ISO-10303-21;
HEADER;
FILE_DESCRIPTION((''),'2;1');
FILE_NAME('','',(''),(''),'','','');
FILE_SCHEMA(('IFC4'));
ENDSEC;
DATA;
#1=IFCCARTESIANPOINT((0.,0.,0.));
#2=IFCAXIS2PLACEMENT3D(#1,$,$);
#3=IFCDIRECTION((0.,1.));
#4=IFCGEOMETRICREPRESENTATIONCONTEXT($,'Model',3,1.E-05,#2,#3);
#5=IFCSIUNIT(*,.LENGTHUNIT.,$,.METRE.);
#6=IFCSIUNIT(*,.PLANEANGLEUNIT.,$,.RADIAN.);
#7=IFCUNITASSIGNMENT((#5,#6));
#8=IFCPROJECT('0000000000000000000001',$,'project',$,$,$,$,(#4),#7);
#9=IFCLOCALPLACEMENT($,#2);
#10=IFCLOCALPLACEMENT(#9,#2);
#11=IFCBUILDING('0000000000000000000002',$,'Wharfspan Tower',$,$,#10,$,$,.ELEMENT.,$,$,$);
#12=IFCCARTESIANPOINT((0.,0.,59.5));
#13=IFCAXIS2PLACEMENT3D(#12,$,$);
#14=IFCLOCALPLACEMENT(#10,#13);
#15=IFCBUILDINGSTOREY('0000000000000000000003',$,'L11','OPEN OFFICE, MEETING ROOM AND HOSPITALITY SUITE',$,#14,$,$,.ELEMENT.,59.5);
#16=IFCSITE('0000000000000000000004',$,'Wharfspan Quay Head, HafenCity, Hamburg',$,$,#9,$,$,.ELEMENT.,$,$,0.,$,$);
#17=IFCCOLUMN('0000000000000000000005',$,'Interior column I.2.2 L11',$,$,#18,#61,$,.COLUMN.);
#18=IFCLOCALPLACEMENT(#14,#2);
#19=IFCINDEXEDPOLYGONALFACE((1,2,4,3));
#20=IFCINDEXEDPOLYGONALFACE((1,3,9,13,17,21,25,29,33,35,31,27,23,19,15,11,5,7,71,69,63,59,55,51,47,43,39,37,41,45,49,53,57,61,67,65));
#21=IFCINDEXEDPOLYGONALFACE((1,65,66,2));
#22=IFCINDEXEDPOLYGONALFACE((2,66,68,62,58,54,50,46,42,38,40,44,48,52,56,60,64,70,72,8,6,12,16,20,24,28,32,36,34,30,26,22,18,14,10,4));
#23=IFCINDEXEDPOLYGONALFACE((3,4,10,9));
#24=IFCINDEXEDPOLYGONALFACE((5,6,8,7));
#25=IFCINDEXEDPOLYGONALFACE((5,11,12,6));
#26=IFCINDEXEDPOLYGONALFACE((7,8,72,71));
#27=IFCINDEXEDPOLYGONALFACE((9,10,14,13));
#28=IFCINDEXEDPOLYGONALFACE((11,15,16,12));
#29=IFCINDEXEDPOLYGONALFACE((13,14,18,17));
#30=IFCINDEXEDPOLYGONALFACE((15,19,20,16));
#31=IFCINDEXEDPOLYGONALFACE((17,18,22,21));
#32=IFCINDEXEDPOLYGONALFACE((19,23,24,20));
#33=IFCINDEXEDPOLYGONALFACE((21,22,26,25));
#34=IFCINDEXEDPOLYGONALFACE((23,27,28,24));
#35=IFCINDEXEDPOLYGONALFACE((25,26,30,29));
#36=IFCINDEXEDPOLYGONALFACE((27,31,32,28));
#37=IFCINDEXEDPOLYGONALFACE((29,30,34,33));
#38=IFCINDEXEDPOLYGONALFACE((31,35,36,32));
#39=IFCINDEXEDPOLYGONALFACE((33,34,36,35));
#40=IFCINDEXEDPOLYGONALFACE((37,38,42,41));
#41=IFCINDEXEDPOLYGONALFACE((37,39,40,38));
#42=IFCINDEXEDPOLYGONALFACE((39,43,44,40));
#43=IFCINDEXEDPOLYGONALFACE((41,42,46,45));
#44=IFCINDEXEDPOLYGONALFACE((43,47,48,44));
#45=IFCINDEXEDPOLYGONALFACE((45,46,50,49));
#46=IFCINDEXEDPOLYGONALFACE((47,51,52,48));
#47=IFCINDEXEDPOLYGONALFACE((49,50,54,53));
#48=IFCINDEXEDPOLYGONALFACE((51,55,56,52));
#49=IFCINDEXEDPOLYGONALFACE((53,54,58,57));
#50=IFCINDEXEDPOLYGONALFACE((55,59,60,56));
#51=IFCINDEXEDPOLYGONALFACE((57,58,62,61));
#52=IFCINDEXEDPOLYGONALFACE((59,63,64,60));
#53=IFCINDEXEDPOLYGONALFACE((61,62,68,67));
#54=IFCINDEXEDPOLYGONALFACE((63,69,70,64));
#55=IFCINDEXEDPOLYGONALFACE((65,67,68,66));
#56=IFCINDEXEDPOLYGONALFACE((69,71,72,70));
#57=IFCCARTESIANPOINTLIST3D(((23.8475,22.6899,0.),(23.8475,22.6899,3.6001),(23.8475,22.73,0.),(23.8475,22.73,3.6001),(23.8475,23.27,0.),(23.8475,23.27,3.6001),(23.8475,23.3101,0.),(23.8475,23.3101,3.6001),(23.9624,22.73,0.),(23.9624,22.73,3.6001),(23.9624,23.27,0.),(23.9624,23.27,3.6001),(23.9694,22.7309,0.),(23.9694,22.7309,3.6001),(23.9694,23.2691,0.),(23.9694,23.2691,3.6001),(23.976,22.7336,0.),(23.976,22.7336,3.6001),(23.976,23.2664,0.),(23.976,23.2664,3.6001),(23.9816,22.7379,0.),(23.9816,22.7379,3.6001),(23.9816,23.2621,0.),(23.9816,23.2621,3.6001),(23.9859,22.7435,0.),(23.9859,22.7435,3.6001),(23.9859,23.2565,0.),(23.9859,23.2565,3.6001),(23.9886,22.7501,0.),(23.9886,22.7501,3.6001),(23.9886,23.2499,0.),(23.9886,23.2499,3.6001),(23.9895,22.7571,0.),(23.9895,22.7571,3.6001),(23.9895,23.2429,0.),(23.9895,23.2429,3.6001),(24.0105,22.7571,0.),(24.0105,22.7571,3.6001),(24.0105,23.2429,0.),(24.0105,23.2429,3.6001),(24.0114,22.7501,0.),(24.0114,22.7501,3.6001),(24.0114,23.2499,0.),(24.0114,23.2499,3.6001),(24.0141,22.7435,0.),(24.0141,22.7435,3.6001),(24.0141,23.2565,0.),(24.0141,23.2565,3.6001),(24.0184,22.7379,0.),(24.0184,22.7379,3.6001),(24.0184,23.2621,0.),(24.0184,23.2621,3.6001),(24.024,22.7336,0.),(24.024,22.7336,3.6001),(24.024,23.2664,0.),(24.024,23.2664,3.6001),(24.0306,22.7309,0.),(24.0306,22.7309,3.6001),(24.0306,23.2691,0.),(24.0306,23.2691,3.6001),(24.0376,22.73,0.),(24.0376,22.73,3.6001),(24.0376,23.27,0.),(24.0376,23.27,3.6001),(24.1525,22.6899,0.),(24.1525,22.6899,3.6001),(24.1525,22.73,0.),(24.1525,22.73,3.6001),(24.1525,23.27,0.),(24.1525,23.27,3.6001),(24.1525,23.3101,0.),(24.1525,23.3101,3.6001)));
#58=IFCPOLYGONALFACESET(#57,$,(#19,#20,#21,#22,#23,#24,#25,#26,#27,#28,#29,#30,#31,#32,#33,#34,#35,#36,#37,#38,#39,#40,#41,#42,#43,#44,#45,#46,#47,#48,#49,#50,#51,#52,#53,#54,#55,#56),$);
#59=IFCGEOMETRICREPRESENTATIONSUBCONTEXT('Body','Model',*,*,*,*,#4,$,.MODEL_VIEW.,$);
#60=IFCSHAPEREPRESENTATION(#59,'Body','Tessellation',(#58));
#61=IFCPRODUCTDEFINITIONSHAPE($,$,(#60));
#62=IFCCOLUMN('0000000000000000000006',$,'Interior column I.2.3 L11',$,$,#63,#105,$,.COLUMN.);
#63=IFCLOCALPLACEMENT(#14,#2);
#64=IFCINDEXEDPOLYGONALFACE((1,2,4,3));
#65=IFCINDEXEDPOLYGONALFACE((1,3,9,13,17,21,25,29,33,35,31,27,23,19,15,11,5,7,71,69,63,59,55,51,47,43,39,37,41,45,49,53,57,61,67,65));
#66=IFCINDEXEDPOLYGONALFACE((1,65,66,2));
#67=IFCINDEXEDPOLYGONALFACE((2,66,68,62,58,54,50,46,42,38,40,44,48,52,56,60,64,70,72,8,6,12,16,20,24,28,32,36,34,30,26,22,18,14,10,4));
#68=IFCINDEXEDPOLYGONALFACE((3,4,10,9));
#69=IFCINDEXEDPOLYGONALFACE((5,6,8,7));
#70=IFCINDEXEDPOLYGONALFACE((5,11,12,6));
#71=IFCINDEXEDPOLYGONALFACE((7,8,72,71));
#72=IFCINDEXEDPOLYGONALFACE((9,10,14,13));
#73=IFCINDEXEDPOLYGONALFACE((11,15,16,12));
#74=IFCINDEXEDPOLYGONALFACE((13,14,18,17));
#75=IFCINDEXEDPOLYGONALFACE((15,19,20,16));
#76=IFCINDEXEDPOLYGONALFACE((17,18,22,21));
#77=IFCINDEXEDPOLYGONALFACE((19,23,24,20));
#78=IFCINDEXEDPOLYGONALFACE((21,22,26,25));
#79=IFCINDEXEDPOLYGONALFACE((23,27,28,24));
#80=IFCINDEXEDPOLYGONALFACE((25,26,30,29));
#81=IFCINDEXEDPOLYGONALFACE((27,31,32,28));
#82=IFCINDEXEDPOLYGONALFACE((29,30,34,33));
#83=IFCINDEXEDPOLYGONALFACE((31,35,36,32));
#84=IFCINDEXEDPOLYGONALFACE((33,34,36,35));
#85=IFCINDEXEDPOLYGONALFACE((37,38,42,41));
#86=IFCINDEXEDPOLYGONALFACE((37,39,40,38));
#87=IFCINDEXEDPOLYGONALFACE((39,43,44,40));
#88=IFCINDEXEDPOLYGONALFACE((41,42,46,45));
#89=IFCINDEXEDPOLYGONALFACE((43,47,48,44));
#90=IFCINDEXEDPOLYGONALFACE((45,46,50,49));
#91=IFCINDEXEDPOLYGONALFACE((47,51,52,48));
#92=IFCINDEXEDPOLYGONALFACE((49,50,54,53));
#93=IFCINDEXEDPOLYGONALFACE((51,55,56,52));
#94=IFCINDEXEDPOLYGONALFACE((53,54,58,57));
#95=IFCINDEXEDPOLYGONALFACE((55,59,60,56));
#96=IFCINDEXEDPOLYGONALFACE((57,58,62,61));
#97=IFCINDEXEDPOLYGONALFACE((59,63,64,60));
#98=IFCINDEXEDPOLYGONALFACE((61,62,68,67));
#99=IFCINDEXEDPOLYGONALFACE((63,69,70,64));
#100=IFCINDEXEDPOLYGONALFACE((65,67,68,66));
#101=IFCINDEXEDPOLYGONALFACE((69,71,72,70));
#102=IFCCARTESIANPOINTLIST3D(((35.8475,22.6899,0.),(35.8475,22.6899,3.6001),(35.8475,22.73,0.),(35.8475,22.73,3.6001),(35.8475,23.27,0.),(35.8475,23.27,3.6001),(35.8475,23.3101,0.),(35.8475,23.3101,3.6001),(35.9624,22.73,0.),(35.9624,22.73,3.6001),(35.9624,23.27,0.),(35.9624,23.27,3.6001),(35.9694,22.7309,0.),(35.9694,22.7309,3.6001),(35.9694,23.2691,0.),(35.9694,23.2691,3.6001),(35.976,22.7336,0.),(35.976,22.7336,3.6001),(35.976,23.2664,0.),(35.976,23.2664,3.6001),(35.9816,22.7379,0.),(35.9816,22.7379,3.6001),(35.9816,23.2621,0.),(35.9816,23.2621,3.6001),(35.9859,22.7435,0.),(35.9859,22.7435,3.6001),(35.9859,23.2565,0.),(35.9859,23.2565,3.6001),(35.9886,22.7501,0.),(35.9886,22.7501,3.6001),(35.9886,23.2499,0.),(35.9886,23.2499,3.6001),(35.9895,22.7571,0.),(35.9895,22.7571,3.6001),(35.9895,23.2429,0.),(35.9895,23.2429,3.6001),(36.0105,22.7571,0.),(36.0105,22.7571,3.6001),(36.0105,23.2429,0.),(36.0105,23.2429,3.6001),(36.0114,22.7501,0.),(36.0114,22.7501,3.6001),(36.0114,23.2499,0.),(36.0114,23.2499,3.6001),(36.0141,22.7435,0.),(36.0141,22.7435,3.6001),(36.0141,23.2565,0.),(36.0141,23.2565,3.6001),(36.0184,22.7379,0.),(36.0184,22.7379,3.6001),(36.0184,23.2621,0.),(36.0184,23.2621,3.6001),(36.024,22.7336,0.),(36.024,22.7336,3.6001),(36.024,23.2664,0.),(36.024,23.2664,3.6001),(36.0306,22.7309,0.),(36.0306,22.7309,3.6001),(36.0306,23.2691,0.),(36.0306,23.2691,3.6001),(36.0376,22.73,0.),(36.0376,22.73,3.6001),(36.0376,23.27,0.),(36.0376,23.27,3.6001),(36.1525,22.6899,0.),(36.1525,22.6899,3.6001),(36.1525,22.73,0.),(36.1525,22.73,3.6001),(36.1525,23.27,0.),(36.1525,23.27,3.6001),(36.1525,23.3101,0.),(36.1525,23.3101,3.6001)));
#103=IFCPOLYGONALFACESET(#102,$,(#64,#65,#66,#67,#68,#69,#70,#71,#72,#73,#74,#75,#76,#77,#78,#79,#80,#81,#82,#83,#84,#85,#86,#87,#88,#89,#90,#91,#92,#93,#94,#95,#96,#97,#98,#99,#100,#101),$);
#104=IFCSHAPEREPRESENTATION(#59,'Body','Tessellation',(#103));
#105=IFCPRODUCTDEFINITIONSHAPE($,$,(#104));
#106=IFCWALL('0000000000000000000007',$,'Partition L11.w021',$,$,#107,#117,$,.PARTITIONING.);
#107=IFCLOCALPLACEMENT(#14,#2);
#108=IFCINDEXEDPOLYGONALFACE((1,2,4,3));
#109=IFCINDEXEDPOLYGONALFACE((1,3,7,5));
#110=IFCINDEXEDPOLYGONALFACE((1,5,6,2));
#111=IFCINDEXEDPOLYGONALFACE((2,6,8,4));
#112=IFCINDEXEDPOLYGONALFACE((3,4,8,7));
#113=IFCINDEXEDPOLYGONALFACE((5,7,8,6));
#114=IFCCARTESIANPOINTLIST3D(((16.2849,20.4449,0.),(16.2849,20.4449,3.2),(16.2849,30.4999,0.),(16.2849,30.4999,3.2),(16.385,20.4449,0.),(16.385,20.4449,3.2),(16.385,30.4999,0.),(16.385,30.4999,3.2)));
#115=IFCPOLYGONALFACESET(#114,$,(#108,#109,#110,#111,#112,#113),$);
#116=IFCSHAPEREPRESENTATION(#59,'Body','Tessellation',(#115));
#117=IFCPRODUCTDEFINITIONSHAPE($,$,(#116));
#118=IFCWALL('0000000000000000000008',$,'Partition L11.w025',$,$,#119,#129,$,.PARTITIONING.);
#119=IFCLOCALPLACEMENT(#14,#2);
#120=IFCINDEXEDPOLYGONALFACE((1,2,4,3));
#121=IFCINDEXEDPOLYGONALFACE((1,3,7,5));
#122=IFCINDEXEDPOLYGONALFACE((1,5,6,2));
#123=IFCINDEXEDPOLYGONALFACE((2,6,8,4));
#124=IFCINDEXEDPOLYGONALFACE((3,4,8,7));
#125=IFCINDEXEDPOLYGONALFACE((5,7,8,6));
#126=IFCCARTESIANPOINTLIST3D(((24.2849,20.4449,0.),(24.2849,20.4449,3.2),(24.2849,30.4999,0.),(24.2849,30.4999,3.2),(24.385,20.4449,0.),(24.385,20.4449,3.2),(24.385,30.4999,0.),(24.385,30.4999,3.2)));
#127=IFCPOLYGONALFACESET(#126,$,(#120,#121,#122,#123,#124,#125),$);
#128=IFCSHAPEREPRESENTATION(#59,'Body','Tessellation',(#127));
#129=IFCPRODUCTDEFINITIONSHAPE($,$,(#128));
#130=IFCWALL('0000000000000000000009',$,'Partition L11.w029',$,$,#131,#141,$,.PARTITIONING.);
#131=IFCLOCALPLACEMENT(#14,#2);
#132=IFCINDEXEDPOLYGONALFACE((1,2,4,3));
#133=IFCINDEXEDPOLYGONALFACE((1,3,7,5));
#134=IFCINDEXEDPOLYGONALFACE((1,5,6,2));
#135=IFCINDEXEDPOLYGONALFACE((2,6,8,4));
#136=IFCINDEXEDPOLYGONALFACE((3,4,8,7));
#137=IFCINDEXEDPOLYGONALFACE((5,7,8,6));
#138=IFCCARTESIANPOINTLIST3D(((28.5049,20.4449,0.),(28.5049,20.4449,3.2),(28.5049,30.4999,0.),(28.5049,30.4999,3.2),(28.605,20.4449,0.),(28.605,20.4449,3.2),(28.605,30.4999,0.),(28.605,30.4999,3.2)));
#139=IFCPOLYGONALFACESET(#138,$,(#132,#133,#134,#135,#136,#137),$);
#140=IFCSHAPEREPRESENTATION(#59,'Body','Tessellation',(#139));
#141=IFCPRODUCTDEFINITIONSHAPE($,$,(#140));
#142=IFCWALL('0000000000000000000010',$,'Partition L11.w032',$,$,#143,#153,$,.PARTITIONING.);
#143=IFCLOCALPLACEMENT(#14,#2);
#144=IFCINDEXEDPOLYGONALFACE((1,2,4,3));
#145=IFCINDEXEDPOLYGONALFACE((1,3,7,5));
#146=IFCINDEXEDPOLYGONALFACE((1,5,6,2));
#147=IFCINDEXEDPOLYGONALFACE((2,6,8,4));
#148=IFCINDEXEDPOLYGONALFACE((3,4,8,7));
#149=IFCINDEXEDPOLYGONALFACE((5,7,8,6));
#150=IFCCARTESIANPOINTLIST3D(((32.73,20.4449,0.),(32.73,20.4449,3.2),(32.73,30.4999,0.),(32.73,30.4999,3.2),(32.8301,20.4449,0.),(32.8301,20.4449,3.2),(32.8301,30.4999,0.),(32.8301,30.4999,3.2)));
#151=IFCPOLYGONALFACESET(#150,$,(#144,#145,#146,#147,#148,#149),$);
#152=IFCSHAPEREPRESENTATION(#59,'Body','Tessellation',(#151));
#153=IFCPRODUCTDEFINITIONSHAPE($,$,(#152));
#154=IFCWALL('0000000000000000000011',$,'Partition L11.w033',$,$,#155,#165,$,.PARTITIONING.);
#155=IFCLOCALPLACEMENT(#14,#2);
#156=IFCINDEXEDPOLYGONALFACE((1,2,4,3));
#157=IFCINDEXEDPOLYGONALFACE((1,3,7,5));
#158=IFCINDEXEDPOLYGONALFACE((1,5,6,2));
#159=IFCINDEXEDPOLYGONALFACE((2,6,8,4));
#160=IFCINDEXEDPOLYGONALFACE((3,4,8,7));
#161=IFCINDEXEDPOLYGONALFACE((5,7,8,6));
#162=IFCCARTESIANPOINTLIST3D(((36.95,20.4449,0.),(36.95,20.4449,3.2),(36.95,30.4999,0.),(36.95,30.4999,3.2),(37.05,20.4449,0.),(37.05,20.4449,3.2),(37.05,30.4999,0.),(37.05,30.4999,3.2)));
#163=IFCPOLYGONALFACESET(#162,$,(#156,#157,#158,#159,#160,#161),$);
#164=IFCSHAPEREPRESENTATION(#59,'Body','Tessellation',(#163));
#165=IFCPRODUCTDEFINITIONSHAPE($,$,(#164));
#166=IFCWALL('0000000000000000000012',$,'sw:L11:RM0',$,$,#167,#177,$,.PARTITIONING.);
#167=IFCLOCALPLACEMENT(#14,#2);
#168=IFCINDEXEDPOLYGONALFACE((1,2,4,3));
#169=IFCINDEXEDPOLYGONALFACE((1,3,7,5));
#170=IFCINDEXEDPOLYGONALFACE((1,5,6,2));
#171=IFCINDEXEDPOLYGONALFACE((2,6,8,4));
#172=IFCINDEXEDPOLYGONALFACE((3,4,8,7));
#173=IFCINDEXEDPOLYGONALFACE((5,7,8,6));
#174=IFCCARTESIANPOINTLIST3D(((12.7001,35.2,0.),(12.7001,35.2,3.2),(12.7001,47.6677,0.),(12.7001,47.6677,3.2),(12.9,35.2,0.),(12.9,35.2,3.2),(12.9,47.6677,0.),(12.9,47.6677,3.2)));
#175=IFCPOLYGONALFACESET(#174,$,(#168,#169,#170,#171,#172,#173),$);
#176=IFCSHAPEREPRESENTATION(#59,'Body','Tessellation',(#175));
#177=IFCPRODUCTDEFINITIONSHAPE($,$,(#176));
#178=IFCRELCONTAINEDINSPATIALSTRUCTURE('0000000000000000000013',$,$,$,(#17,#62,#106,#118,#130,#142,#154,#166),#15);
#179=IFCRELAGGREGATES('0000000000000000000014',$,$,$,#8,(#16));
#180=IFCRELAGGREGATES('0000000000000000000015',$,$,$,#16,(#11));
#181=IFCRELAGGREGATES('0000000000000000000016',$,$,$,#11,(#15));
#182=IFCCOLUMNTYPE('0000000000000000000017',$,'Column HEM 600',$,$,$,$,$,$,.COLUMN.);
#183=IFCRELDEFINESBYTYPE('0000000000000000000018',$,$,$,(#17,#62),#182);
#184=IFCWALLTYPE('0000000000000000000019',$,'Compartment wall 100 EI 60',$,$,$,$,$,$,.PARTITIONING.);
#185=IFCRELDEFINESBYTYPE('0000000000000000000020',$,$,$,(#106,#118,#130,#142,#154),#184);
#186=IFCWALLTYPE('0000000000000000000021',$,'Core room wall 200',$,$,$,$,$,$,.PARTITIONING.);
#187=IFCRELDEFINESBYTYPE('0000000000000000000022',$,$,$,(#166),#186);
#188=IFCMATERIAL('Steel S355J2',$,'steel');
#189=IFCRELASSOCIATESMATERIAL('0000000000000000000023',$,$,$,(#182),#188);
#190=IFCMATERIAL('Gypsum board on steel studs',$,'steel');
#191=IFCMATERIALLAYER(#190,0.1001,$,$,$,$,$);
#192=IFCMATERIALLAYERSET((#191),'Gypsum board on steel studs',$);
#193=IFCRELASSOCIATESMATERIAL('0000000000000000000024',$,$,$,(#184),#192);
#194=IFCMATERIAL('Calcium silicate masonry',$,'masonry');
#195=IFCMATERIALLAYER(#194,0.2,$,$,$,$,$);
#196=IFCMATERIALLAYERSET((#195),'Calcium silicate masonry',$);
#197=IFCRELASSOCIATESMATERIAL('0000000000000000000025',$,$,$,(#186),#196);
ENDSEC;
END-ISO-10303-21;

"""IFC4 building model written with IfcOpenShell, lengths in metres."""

from ifc_helpers import new_model, si_unit, direction, frame, frame_2d, origin, origin_2d, place, context, subcontext, project, spatial, rectangle, i_section, extrude, material, layer, layer_set, material_profile, profile_set, type_object, element, save


model = new_model("IFC4")

# Units and contexts
model_context = context("Model", 3, precision=1e-05, world=origin(), true_north=direction((0.0, 1.0)))
body_context = subcontext(model_context, "Body", "Model", "MODEL_VIEW")
ifc_project = project(units=[si_unit("LENGTHUNIT", "METRE"), si_unit("PLANEANGLEUNIT", "RADIAN")], contexts=[model_context])

# Site, building, storey
site_placement = place(None, origin())
site = spatial("IfcSite", under=ifc_project, at=site_placement, Name="Wharfspan Quay Head, HafenCity, Hamburg", CompositionType="ELEMENT", RefElevation=0.0)
building_placement = place(site_placement, origin())
building = spatial("IfcBuilding", under=site, at=building_placement, Name="Wharfspan Tower", CompositionType="ELEMENT")
storey_placement = place(building_placement, frame((0.0, 0.0, 59.5)))
storey = spatial("IfcBuildingStorey", under=building, at=storey_placement, Name="L11", Description="OPEN OFFICE, MEETING ROOM AND HOSPITALITY SUITE", CompositionType="ELEMENT", Elevation=59.5)

# Columns
ifc_material_1 = material(Name="Steel S355J2", Category="steel")
ifc_material_profile = material_profile(ifc_material_1, i_section(OverallWidth=0.3049, OverallDepth=0.6201, WebThickness=0.021, FlangeThickness=0.04, FilletRadius=0.0271, at=origin_2d()))
ifc_profile_set = profile_set([ifc_material_profile], Name="Steel S355J2")
column_type = type_object("IfcColumnType", Name="Column HEM 600", PredefinedType="COLUMN", material=ifc_profile_set)
for number, where, z_axis, x_axis, name in (
    (1, (24.0, 23.0, 0.0), (0.0, 0.0, 1.0), (1.0, 0.0, 0.0), "Interior column I.2.2 L11"),
    (2, (36.0, 23.0, 0.0), (0.0, 0.0, 1.0), (1.0, 0.0, 0.0), "Interior column I.2.3 L11"),
):
    element("IfcColumn", number, at=place(storey_placement, frame(where, z_axis=z_axis, x_axis=x_axis)), inside=storey, type_object=column_type, Name=name, PredefinedType="COLUMN", context=body_context, shape_type="SweptSolid", body=[
        extrude(i_section(OverallWidth=0.3049, OverallDepth=0.6201, WebThickness=0.021, FlangeThickness=0.04, FilletRadius=0.0271, at=origin_2d()), origin(), (0.0, 0.0, 1.0), 3.6001),
    ])

# Walls
ifc_material_2 = material(Name="Gypsum board on steel studs", Category="steel")
ifc_layer_1 = layer(ifc_material_2, 0.1001)
ifc_layer_set_1 = layer_set([ifc_layer_1], Name="Gypsum board on steel studs")
wall_type_1 = type_object("IfcWallType", Name="Compartment wall 100 EI 60", PredefinedType="PARTITIONING", material=ifc_layer_set_1)
for number, where, z_axis, x_axis, name in (
    (3, (16.335, 20.4451, 0.0), (0.0, 0.0, 1.0), (0.0, 1.0, 0.0), "Partition L11.w021"),
    (4, (24.335, 20.4451, 0.0), (0.0, 0.0, 1.0), (0.0, 1.0, 0.0), "Partition L11.w025"),
    (5, (28.5549, 20.4451, 0.0), (0.0, 0.0, 1.0), (0.0, 1.0, 0.0), "Partition L11.w029"),
    (6, (32.78, 20.4451, 0.0), (0.0, 0.0, 1.0), (0.0, 1.0, 0.0), "Partition L11.w032"),
    (7, (37.0, 20.4451, 0.0), (0.0, 0.0, 1.0), (0.0, 1.0, 0.0), "Partition L11.w033"),
):
    element("IfcWall", number, at=place(storey_placement, frame(where, z_axis=z_axis, x_axis=x_axis)), inside=storey, type_object=wall_type_1, Name=name, PredefinedType="PARTITIONING", context=body_context, shape_type="SweptSolid", body=[
        extrude(rectangle(XDim=10.0549, YDim=0.1001, at=frame_2d((5.0273, 0.0))), origin(), (0.0, 0.0, 1.0), 3.2),
    ])
ifc_material_3 = material(Name="Calcium silicate masonry", Category="masonry")
ifc_layer_2 = layer(ifc_material_3, 0.2)
ifc_layer_set_2 = layer_set([ifc_layer_2], Name="Calcium silicate masonry")
wall_type_2 = type_object("IfcWallType", Name="Core room wall 200", PredefinedType="PARTITIONING", material=ifc_layer_set_2)
wall_1_placement = place(storey_placement, frame((12.8, 35.2, 0.0), z_axis=(0.0, 0.0, 1.0), x_axis=(0.0, 1.0, 0.0)))
element("IfcWall", 8, at=wall_1_placement, inside=storey, type_object=wall_type_2, Name="sw:L11:RM0", PredefinedType="PARTITIONING", context=body_context, shape_type="SweptSolid", body=[
    extrude(rectangle(XDim=12.4678, YDim=0.2, at=frame_2d((6.2339, 0.0))), origin(), (0.0, 0.0, 1.0), 3.2),
])

save(model, "model.ifc")
